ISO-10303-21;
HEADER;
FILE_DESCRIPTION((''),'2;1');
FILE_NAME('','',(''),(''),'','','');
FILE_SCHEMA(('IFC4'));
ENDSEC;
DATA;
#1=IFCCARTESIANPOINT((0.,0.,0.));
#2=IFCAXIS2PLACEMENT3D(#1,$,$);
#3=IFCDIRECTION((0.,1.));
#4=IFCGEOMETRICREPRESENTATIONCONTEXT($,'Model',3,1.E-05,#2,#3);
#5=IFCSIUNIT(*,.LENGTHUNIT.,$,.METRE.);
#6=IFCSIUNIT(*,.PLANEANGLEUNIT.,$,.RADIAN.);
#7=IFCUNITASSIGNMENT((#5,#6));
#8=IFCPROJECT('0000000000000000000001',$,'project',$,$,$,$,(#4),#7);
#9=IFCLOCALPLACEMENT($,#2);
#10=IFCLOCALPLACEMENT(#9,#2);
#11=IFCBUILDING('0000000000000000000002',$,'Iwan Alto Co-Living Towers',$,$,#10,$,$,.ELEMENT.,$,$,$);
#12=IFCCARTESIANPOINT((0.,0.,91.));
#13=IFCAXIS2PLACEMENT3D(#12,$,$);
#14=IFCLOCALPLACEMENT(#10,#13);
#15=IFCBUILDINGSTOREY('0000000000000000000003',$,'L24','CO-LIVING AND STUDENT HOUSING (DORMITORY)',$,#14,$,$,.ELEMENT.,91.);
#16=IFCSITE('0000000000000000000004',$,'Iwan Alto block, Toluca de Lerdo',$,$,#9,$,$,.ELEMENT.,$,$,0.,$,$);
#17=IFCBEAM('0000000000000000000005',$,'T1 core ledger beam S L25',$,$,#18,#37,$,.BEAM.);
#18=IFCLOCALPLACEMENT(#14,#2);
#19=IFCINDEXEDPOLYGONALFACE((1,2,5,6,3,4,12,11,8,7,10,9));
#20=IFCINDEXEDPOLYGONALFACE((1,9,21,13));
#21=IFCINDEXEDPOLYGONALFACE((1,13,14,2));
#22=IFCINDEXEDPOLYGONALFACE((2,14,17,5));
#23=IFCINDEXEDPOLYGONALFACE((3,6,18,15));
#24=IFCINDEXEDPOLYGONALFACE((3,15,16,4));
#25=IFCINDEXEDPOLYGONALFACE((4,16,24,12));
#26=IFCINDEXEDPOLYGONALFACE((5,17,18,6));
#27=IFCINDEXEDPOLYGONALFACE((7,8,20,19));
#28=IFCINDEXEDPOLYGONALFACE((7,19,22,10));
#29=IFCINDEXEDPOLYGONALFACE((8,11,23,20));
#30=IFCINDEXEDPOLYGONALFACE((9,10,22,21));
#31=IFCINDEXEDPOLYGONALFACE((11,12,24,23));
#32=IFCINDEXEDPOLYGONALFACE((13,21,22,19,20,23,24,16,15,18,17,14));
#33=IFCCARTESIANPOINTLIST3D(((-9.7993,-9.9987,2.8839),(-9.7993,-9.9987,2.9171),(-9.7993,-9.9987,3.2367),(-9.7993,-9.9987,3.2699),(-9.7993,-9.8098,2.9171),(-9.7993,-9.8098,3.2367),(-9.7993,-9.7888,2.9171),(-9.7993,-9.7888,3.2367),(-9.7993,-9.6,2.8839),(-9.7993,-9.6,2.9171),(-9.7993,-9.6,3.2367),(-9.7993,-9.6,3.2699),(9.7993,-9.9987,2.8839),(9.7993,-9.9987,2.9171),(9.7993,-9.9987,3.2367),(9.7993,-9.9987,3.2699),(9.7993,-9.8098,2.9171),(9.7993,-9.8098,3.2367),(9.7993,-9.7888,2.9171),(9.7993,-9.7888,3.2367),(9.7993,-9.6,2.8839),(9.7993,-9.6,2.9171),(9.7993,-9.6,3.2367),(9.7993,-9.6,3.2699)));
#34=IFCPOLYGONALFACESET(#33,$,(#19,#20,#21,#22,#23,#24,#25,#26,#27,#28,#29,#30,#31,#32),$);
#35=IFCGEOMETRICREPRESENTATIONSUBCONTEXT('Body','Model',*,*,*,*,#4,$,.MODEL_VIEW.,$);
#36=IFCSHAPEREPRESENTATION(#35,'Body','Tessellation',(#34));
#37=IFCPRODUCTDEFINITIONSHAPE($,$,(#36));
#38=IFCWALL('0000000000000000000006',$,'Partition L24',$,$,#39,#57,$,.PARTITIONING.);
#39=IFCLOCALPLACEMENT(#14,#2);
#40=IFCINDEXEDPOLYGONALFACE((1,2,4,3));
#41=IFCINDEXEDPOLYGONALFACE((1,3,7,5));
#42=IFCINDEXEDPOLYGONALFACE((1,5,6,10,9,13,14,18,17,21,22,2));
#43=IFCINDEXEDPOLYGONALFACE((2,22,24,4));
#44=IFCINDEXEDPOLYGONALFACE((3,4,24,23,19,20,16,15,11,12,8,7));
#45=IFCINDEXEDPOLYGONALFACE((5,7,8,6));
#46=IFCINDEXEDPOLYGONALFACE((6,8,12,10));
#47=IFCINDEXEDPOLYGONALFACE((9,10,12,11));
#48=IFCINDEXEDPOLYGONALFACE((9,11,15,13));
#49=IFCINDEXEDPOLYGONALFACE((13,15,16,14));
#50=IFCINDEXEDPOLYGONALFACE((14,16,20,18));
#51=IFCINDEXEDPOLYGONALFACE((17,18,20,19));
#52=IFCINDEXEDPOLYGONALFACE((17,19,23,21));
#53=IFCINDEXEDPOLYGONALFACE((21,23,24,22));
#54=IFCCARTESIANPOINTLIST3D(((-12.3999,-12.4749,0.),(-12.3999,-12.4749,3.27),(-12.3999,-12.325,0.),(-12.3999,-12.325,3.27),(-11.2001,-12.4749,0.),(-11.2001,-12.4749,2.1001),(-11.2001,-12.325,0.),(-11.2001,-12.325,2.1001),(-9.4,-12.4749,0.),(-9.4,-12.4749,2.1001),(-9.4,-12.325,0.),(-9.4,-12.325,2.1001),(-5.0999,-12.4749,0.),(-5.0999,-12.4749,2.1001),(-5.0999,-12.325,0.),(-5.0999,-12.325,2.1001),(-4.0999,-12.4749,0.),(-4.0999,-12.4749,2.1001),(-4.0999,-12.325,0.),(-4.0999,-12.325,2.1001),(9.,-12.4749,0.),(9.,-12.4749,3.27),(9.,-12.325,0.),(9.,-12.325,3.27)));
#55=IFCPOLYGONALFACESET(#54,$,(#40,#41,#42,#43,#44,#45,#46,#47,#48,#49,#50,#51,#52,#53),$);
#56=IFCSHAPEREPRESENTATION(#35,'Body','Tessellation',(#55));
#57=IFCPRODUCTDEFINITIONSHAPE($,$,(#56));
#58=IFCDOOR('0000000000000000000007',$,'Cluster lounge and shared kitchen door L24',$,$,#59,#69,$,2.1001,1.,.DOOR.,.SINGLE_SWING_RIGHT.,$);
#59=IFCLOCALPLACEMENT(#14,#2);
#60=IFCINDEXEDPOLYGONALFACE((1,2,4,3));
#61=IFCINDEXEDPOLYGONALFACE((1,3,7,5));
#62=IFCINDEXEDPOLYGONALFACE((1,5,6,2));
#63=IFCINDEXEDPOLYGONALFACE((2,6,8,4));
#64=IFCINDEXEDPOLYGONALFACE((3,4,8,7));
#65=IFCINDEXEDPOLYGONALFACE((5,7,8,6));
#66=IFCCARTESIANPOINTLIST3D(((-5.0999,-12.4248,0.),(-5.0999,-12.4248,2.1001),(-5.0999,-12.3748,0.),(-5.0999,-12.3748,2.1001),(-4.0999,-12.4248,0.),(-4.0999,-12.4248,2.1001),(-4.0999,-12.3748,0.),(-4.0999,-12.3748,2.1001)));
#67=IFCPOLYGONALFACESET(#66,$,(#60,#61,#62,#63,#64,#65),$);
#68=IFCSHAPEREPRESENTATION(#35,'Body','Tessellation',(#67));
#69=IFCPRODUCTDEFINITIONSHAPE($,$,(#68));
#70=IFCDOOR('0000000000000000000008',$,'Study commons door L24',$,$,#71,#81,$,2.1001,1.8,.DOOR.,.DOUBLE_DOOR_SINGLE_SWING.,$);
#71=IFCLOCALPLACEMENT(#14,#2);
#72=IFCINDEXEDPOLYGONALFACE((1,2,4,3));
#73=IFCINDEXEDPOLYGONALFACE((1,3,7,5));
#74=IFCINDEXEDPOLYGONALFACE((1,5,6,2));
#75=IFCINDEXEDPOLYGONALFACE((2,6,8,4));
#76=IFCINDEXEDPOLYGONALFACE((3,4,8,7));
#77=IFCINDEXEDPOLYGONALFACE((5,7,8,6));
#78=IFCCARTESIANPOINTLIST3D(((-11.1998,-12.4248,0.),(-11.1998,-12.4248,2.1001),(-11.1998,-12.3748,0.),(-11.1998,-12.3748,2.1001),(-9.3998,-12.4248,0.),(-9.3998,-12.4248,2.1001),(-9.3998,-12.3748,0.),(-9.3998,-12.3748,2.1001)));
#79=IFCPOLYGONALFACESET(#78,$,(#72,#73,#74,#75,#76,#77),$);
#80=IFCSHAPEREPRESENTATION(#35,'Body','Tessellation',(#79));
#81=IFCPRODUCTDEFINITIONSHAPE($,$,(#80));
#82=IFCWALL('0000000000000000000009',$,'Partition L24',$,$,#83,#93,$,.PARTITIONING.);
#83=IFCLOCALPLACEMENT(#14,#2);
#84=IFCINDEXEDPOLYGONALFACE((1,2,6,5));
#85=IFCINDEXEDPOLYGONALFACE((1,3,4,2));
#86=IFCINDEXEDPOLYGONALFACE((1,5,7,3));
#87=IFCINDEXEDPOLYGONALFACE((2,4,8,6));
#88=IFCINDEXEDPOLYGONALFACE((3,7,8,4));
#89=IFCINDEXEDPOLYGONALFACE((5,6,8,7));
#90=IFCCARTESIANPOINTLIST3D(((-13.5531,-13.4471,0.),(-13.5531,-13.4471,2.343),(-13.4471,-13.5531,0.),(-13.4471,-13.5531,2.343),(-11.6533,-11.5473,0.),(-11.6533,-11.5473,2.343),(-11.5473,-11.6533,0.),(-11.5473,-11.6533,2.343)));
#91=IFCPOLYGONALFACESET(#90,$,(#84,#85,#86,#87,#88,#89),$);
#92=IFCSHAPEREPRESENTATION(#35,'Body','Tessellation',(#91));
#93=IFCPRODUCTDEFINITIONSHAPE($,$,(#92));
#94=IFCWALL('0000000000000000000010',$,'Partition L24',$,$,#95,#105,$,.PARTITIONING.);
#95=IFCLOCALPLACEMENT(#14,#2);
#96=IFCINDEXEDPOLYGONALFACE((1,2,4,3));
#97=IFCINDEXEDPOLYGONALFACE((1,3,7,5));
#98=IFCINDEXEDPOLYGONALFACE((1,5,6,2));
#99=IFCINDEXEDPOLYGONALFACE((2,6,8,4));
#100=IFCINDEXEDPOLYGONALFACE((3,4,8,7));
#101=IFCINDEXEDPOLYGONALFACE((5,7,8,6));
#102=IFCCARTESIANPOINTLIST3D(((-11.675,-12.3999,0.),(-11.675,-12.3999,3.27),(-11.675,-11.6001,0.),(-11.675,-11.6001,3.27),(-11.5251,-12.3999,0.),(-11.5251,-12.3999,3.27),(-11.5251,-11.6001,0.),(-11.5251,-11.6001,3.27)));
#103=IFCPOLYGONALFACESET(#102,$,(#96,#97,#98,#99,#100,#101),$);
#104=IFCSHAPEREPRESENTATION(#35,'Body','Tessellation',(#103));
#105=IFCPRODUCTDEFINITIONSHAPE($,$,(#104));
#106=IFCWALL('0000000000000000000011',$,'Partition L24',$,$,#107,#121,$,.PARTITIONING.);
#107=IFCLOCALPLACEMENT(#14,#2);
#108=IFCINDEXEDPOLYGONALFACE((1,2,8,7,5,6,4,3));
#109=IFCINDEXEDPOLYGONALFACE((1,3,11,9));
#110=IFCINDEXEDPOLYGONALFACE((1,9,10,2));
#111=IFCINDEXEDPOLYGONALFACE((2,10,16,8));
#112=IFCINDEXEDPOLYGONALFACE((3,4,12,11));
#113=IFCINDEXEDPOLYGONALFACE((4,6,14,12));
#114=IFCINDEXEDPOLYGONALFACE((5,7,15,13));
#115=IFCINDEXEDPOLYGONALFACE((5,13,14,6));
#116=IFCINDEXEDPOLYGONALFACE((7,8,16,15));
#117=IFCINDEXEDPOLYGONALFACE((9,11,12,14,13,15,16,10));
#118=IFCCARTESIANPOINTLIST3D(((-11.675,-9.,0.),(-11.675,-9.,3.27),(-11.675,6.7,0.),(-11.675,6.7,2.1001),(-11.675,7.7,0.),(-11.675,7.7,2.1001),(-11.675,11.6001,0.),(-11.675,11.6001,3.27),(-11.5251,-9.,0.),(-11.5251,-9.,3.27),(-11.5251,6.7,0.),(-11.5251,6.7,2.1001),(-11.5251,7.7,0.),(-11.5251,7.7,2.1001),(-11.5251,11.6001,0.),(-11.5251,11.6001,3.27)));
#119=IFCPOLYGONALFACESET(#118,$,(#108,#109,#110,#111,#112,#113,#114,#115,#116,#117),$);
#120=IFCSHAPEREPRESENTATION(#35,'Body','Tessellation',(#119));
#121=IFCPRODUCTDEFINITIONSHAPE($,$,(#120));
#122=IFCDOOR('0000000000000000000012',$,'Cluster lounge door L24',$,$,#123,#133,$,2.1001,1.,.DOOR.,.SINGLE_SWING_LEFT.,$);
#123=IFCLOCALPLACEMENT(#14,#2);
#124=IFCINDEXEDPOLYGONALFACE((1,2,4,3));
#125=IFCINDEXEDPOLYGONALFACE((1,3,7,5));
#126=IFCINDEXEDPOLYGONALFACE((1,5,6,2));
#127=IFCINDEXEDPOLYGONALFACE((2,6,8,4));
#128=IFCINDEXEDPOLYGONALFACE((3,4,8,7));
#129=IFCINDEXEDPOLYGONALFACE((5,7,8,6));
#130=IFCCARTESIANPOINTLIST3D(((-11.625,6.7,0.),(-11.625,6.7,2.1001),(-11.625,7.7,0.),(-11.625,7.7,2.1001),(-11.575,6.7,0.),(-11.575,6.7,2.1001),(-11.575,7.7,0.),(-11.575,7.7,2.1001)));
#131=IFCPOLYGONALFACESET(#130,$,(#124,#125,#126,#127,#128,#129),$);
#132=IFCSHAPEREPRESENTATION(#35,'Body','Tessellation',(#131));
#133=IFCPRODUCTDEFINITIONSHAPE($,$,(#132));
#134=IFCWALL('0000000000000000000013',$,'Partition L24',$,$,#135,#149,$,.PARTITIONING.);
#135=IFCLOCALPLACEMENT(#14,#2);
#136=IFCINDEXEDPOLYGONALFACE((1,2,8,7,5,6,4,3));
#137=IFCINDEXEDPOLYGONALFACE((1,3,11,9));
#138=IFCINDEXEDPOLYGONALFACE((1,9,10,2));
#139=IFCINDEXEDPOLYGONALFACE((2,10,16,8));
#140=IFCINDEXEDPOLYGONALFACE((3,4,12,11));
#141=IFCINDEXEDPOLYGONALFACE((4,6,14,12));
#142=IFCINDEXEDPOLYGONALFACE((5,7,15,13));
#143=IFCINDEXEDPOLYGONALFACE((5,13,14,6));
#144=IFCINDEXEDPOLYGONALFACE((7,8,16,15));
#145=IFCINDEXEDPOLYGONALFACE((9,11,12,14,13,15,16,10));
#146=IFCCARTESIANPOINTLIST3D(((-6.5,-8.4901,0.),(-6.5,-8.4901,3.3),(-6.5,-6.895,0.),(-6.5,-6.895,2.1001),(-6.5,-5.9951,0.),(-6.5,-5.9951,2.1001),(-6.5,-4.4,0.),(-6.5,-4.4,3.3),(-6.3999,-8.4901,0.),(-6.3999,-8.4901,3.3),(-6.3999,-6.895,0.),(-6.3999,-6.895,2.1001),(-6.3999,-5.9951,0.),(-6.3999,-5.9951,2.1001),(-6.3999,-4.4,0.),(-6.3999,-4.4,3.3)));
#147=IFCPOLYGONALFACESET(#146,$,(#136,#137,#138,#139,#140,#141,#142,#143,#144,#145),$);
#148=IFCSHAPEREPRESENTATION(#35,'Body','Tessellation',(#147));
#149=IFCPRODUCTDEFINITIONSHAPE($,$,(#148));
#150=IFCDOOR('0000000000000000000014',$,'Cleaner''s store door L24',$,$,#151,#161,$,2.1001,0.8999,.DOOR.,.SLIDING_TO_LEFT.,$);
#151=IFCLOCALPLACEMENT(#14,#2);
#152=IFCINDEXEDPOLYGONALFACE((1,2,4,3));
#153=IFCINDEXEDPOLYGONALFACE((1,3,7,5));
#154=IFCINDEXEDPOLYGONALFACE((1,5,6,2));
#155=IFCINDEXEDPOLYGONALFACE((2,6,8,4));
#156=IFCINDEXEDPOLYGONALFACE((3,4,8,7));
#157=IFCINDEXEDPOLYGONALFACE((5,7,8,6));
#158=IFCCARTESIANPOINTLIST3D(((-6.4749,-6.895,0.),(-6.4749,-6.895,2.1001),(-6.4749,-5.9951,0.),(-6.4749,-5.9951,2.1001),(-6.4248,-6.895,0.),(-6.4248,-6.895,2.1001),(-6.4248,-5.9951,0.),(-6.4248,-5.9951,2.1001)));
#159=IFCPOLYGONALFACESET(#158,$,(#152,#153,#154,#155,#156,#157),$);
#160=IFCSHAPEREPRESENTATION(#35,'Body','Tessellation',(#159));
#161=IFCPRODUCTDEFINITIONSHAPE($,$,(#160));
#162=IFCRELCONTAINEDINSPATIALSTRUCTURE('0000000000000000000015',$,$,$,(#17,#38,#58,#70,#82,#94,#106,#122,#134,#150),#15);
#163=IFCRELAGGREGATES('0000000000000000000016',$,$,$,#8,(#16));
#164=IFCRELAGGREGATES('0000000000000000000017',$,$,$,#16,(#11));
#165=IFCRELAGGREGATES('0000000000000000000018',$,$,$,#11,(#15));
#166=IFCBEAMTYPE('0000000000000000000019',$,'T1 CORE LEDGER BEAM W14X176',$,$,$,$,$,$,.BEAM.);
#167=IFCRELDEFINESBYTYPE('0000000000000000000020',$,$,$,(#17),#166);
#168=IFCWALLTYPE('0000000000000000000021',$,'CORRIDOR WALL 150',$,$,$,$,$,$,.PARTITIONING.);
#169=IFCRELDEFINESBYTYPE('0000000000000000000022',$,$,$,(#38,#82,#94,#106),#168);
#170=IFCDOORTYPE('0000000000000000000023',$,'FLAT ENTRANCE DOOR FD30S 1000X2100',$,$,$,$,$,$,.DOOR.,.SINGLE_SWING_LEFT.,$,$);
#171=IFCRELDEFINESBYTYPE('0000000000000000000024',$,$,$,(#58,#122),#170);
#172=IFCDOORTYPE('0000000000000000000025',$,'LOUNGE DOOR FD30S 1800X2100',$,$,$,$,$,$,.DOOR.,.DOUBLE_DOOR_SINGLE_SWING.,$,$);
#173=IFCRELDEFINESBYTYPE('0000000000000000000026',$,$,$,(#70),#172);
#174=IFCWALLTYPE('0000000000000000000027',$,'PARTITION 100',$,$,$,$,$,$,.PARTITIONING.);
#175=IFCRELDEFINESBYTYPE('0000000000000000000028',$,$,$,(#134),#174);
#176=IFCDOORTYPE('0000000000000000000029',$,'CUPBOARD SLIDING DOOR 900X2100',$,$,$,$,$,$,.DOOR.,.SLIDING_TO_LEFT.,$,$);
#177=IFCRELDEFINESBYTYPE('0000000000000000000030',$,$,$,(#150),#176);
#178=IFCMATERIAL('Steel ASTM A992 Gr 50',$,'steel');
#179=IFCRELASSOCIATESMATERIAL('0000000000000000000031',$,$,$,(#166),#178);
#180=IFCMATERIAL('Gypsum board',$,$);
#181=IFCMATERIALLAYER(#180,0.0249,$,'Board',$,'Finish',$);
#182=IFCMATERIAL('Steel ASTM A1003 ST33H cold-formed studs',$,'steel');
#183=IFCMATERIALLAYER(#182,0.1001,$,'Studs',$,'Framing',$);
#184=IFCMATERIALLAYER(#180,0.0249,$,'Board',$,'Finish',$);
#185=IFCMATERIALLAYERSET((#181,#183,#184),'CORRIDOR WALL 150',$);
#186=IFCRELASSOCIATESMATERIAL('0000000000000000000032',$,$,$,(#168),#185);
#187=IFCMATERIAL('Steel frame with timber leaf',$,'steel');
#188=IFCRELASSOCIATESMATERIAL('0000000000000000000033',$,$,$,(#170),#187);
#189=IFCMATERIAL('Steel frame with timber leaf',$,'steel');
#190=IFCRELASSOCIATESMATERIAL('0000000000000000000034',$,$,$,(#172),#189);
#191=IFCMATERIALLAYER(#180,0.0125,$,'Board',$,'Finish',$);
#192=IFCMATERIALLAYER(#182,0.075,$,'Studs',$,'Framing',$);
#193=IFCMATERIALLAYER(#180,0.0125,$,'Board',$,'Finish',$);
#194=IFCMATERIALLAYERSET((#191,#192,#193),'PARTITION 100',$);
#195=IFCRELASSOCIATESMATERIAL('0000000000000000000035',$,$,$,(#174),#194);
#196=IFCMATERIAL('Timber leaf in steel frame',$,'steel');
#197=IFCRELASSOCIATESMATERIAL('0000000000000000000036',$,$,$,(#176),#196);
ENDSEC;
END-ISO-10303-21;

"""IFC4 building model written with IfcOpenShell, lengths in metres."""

from ifc_helpers import new_model, si_unit, direction, frame, frame_2d, origin, origin_2d, place, context, subcontext, project, spatial, rectangle, i_section, extrude, material, layer, layer_set, material_profile, profile_set, type_object, element, fill, save


model = new_model("IFC4")

# Units and contexts
model_context = context("Model", 3, precision=1e-05, world=origin(), true_north=direction((0.0, 1.0)))
body_context = subcontext(model_context, "Body", "Model", "MODEL_VIEW")
ifc_project = project(units=[si_unit("LENGTHUNIT", "METRE"), si_unit("PLANEANGLEUNIT", "RADIAN")], contexts=[model_context])

# Site, building, storey
site_placement = place(None, origin())
site = spatial("IfcSite", under=ifc_project, at=site_placement, Name="Iwan Alto block, Toluca de Lerdo", CompositionType="ELEMENT", RefElevation=0.0)
building_placement = place(site_placement, origin())
building = spatial("IfcBuilding", under=site, at=building_placement, Name="Iwan Alto Co-Living Towers", CompositionType="ELEMENT")
storey_placement = place(building_placement, frame((0.0, 0.0, 91.0)))
storey = spatial("IfcBuildingStorey", under=building, at=storey_placement, Name="L24", Description="CO-LIVING AND STUDENT HOUSING (DORMITORY)", CompositionType="ELEMENT", Elevation=91.0)

# Beam
ifc_material_1 = material(Name="Steel ASTM A992 Gr 50", Category="steel")
ifc_material_profile = material_profile(ifc_material_1, i_section(OverallWidth=0.3987, OverallDepth=0.386, WebThickness=0.021, FlangeThickness=0.0332, at=origin_2d()), Name="W14X176")
ifc_profile_set = profile_set([ifc_material_profile], Name="Steel ASTM A992 Gr 50")
beam_type = type_object("IfcBeamType", Name="T1 CORE LEDGER BEAM W14X176", PredefinedType="BEAM", material=ifc_profile_set)
beam_placement = place(storey_placement, frame((-9.7993, -9.7993, 3.0769), z_axis=(1.0, 0.0, 0.0), x_axis=(0.0, 1.0, 0.0)))
element("IfcBeam", 1, at=beam_placement, inside=storey, type_object=beam_type, Name="T1 core ledger beam S L25", PredefinedType="BEAM", context=body_context, shape_type="SweptSolid", body=[
    extrude(i_section(OverallWidth=0.3987, OverallDepth=0.386, WebThickness=0.021, FlangeThickness=0.0332, at=origin_2d()), origin(), (0.0, 0.0, 1.0), 19.5986),
])

# Wall, openings, doors
ifc_material_2 = material(Name="Gypsum board")
ifc_layer_1 = layer(ifc_material_2, 0.0249, Name="Board", Category="Finish")
ifc_material_3 = material(Name="Steel ASTM A1003 ST33H cold-formed studs", Category="steel")
ifc_layer_2 = layer(ifc_material_3, 0.1001, Name="Studs", Category="Framing")
ifc_layer_3 = layer(ifc_material_2, 0.0249, Name="Board", Category="Finish")
ifc_layer_set_1 = layer_set([ifc_layer_1, ifc_layer_2, ifc_layer_3], Name="CORRIDOR WALL 150")
wall_type_1 = type_object("IfcWallType", Name="CORRIDOR WALL 150", PredefinedType="PARTITIONING", material=ifc_layer_set_1)
wall_1_placement = place(storey_placement, frame((-12.3999, -12.3999, 0.0), z_axis=(0.0, 0.0, 1.0), x_axis=(1.0, 0.0, 0.0)))
wall_1 = element("IfcWall", 2, at=wall_1_placement, inside=storey, type_object=wall_type_1, Name="Partition L24", PredefinedType="PARTITIONING", context=body_context, shape_type="SweptSolid", body=[
    extrude(rectangle(XDim=21.3999, YDim=0.1499, at=frame_2d((10.7, 0.0))), origin(), (0.0, 0.0, 1.0), 3.27),
])
opening_1_placement = place(wall_1_placement, frame((1.2, 0.0, 0.0)))
opening_1 = element("IfcOpeningElement", 3, at=opening_1_placement, cuts=wall_1, PredefinedType="OPENING", context=body_context, shape_type="SweptSolid", body=[
    extrude(rectangle(XDim=1.8, YDim=2.1001, at=frame_2d((0.8999, 1.05))), frame((0.0, 0.085, 0.0), z_axis=(0.0, -1.0, 0.0), x_axis=(1.0, 0.0, 0.0)), (0.0, 0.0, 1.0), 0.1699),
])
opening_2_placement = place(wall_1_placement, frame((7.3, 0.0, 0.0)))
opening_2 = element("IfcOpeningElement", 4, at=opening_2_placement, cuts=wall_1, PredefinedType="OPENING", context=body_context, shape_type="SweptSolid", body=[
    extrude(rectangle(XDim=1.0, YDim=2.1001, at=frame_2d((0.5, 1.05))), frame((0.0, 0.085, 0.0), z_axis=(0.0, -1.0, 0.0), x_axis=(1.0, 0.0, 0.0)), (0.0, 0.0, 1.0), 0.1699),
])
ifc_material_4 = material(Name="Steel frame with timber leaf", Category="steel")
door_type_1 = type_object("IfcDoorType", Name="FLAT ENTRANCE DOOR FD30S 1000X2100", OperationType="SINGLE_SWING_LEFT", PredefinedType="DOOR", material=ifc_material_4)
door_1_placement = place(opening_2_placement, frame((1.0, 0.0, 0.0), z_axis=(0.0, 0.0, 1.0), x_axis=(-1.0, 0.0, 0.0)))
door_1 = element("IfcDoor", 5, at=door_1_placement, inside=storey, type_object=door_type_1, Name="Cluster lounge and shared kitchen door L24", OperationType="SINGLE_SWING_RIGHT", OverallHeight=2.1001, OverallWidth=1.0, PredefinedType="DOOR", context=body_context, shape_type="SweptSolid", body=[
    extrude(rectangle(XDim=1.0, YDim=2.1001, at=frame_2d((0.5, 1.05))), frame((0.0, 0.0249, 0.0), z_axis=(0.0, -1.0, 0.0), x_axis=(1.0, 0.0, 0.0)), (0.0, 0.0, 1.0), 0.05),
])
fill(opening_2, door_1)
ifc_material_5 = material(Name="Steel frame with timber leaf", Category="steel")
door_type_2 = type_object("IfcDoorType", Name="LOUNGE DOOR FD30S 1800X2100", OperationType="DOUBLE_DOOR_SINGLE_SWING", PredefinedType="DOOR", material=ifc_material_5)
door_2_placement = place(opening_1_placement, frame((1.8, 0.0, 0.0), z_axis=(0.0, 0.0, 1.0), x_axis=(-1.0, 0.0, 0.0)))
door_2 = element("IfcDoor", 6, at=door_2_placement, inside=storey, type_object=door_type_2, Name="Study commons door L24", OperationType="DOUBLE_DOOR_SINGLE_SWING", OverallHeight=2.1001, OverallWidth=1.8, PredefinedType="DOOR", context=body_context, shape_type="SweptSolid", body=[
    extrude(rectangle(XDim=1.8, YDim=2.1001, at=frame_2d((0.8999, 1.05))), frame((0.0, 0.0249, 0.0), z_axis=(0.0, -1.0, 0.0), x_axis=(1.0, 0.0, 0.0)), (0.0, 0.0, 1.0), 0.05),
])
fill(opening_1, door_2)

# Walls
wall_2_placement = place(storey_placement, frame((-13.5, -13.5, 0.0), z_axis=(0.0, 0.0, 1.0), x_axis=(0.707107, 0.707107, 0.0)))
element("IfcWall", 7, at=wall_2_placement, inside=storey, type_object=wall_type_1, Name="Partition L24", PredefinedType="PARTITIONING", context=body_context, shape_type="SweptSolid", body=[
    extrude(rectangle(XDim=2.6868, YDim=0.1499, at=frame_2d((1.3433, 0.0))), origin(), (0.0, 0.0, 1.0), 2.343),
])
wall_3_placement = place(storey_placement, frame((-11.6001, -12.3999, 0.0), z_axis=(0.0, 0.0, 1.0), x_axis=(0.0, 1.0, 0.0)))
element("IfcWall", 8, at=wall_3_placement, inside=storey, type_object=wall_type_1, Name="Partition L24", PredefinedType="PARTITIONING", context=body_context, shape_type="SweptSolid", body=[
    extrude(rectangle(XDim=0.7998, YDim=0.1499, at=frame_2d((0.3999, 0.0))), origin(), (0.0, 0.0, 1.0), 3.27),
])

# Walls, openings, doors
wall_4_placement = place(storey_placement, frame((-11.6001, -9.0, 0.0), z_axis=(0.0, 0.0, 1.0), x_axis=(0.0, 1.0, 0.0)))
wall_4 = element("IfcWall", 9, at=wall_4_placement, inside=storey, type_object=wall_type_1, Name="Partition L24", PredefinedType="PARTITIONING", context=body_context, shape_type="SweptSolid", body=[
    extrude(rectangle(XDim=20.6001, YDim=0.1499, at=frame_2d((10.3, 0.0))), origin(), (0.0, 0.0, 1.0), 3.27),
])
opening_3_placement = place(wall_4_placement, frame((15.7, 0.0, 0.0)))
opening_3 = element("IfcOpeningElement", 10, at=opening_3_placement, cuts=wall_4, PredefinedType="OPENING", context=body_context, shape_type="SweptSolid", body=[
    extrude(rectangle(XDim=1.0, YDim=2.1001, at=frame_2d((0.5, 1.05))), frame((0.0, 0.085, 0.0), z_axis=(0.0, -1.0, 0.0), x_axis=(1.0, 0.0, 0.0)), (0.0, 0.0, 1.0), 0.1699),
])
door_3_placement = place(opening_3_placement, origin())
door_3 = element("IfcDoor", 11, at=door_3_placement, inside=storey, type_object=door_type_1, Name="Cluster lounge door L24", OperationType="SINGLE_SWING_LEFT", OverallHeight=2.1001, OverallWidth=1.0, PredefinedType="DOOR", context=body_context, shape_type="SweptSolid", body=[
    extrude(rectangle(XDim=1.0, YDim=2.1001, at=frame_2d((0.5, 1.05))), frame((0.0, 0.0249, 0.0), z_axis=(0.0, -1.0, 0.0), x_axis=(1.0, 0.0, 0.0)), (0.0, 0.0, 1.0), 0.05),
])
fill(opening_3, door_3)
ifc_layer_4 = layer(ifc_material_2, 0.0125, Name="Board", Category="Finish")
ifc_layer_5 = layer(ifc_material_3, 0.075, Name="Studs", Category="Framing")
ifc_layer_6 = layer(ifc_material_2, 0.0125, Name="Board", Category="Finish")
ifc_layer_set_2 = layer_set([ifc_layer_4, ifc_layer_5, ifc_layer_6], Name="PARTITION 100")
wall_type_2 = type_object("IfcWallType", Name="PARTITION 100", PredefinedType="PARTITIONING", material=ifc_layer_set_2)
wall_5_placement = place(storey_placement, frame((-6.45, -8.49, 0.0), z_axis=(0.0, 0.0, 1.0), x_axis=(0.0, 1.0, 0.0)))
wall_5 = element("IfcWall", 12, at=wall_5_placement, inside=storey, type_object=wall_type_2, Name="Partition L24", PredefinedType="PARTITIONING", context=body_context, shape_type="SweptSolid", body=[
    extrude(rectangle(XDim=4.0901, YDim=0.1001, at=frame_2d((2.0449, 0.0))), origin(), (0.0, 0.0, 1.0), 3.3),
])
opening_4_placement = place(wall_5_placement, frame((1.595, 0.0, 0.0)))
opening_4 = element("IfcOpeningElement", 13, at=opening_4_placement, cuts=wall_5, PredefinedType="OPENING", context=body_context, shape_type="SweptSolid", body=[
    extrude(rectangle(XDim=0.8999, YDim=2.1001, at=frame_2d((0.45, 1.05))), frame((0.0, 0.0601, 0.0), z_axis=(0.0, -1.0, 0.0), x_axis=(1.0, 0.0, 0.0)), (0.0, 0.0, 1.0), 0.1201),
])
ifc_material_6 = material(Name="Timber leaf in steel frame", Category="steel")
door_type_3 = type_object("IfcDoorType", Name="CUPBOARD SLIDING DOOR 900X2100", OperationType="SLIDING_TO_LEFT", PredefinedType="DOOR", material=ifc_material_6)
door_4_placement = place(opening_4_placement, origin())
door_4 = element("IfcDoor", 14, at=door_4_placement, inside=storey, type_object=door_type_3, Name="Cleaner's store door L24", OperationType="SLIDING_TO_LEFT", OverallHeight=2.1001, OverallWidth=0.8999, PredefinedType="DOOR", context=body_context, shape_type="SweptSolid", body=[
    extrude(rectangle(XDim=0.8999, YDim=2.1001, at=frame_2d((0.45, 1.05))), frame((0.0, 0.0249, 0.0), z_axis=(0.0, -1.0, 0.0), x_axis=(1.0, 0.0, 0.0)), (0.0, 0.0, 1.0), 0.05),
])
fill(opening_4, door_4)

save(model, "model.ifc")
